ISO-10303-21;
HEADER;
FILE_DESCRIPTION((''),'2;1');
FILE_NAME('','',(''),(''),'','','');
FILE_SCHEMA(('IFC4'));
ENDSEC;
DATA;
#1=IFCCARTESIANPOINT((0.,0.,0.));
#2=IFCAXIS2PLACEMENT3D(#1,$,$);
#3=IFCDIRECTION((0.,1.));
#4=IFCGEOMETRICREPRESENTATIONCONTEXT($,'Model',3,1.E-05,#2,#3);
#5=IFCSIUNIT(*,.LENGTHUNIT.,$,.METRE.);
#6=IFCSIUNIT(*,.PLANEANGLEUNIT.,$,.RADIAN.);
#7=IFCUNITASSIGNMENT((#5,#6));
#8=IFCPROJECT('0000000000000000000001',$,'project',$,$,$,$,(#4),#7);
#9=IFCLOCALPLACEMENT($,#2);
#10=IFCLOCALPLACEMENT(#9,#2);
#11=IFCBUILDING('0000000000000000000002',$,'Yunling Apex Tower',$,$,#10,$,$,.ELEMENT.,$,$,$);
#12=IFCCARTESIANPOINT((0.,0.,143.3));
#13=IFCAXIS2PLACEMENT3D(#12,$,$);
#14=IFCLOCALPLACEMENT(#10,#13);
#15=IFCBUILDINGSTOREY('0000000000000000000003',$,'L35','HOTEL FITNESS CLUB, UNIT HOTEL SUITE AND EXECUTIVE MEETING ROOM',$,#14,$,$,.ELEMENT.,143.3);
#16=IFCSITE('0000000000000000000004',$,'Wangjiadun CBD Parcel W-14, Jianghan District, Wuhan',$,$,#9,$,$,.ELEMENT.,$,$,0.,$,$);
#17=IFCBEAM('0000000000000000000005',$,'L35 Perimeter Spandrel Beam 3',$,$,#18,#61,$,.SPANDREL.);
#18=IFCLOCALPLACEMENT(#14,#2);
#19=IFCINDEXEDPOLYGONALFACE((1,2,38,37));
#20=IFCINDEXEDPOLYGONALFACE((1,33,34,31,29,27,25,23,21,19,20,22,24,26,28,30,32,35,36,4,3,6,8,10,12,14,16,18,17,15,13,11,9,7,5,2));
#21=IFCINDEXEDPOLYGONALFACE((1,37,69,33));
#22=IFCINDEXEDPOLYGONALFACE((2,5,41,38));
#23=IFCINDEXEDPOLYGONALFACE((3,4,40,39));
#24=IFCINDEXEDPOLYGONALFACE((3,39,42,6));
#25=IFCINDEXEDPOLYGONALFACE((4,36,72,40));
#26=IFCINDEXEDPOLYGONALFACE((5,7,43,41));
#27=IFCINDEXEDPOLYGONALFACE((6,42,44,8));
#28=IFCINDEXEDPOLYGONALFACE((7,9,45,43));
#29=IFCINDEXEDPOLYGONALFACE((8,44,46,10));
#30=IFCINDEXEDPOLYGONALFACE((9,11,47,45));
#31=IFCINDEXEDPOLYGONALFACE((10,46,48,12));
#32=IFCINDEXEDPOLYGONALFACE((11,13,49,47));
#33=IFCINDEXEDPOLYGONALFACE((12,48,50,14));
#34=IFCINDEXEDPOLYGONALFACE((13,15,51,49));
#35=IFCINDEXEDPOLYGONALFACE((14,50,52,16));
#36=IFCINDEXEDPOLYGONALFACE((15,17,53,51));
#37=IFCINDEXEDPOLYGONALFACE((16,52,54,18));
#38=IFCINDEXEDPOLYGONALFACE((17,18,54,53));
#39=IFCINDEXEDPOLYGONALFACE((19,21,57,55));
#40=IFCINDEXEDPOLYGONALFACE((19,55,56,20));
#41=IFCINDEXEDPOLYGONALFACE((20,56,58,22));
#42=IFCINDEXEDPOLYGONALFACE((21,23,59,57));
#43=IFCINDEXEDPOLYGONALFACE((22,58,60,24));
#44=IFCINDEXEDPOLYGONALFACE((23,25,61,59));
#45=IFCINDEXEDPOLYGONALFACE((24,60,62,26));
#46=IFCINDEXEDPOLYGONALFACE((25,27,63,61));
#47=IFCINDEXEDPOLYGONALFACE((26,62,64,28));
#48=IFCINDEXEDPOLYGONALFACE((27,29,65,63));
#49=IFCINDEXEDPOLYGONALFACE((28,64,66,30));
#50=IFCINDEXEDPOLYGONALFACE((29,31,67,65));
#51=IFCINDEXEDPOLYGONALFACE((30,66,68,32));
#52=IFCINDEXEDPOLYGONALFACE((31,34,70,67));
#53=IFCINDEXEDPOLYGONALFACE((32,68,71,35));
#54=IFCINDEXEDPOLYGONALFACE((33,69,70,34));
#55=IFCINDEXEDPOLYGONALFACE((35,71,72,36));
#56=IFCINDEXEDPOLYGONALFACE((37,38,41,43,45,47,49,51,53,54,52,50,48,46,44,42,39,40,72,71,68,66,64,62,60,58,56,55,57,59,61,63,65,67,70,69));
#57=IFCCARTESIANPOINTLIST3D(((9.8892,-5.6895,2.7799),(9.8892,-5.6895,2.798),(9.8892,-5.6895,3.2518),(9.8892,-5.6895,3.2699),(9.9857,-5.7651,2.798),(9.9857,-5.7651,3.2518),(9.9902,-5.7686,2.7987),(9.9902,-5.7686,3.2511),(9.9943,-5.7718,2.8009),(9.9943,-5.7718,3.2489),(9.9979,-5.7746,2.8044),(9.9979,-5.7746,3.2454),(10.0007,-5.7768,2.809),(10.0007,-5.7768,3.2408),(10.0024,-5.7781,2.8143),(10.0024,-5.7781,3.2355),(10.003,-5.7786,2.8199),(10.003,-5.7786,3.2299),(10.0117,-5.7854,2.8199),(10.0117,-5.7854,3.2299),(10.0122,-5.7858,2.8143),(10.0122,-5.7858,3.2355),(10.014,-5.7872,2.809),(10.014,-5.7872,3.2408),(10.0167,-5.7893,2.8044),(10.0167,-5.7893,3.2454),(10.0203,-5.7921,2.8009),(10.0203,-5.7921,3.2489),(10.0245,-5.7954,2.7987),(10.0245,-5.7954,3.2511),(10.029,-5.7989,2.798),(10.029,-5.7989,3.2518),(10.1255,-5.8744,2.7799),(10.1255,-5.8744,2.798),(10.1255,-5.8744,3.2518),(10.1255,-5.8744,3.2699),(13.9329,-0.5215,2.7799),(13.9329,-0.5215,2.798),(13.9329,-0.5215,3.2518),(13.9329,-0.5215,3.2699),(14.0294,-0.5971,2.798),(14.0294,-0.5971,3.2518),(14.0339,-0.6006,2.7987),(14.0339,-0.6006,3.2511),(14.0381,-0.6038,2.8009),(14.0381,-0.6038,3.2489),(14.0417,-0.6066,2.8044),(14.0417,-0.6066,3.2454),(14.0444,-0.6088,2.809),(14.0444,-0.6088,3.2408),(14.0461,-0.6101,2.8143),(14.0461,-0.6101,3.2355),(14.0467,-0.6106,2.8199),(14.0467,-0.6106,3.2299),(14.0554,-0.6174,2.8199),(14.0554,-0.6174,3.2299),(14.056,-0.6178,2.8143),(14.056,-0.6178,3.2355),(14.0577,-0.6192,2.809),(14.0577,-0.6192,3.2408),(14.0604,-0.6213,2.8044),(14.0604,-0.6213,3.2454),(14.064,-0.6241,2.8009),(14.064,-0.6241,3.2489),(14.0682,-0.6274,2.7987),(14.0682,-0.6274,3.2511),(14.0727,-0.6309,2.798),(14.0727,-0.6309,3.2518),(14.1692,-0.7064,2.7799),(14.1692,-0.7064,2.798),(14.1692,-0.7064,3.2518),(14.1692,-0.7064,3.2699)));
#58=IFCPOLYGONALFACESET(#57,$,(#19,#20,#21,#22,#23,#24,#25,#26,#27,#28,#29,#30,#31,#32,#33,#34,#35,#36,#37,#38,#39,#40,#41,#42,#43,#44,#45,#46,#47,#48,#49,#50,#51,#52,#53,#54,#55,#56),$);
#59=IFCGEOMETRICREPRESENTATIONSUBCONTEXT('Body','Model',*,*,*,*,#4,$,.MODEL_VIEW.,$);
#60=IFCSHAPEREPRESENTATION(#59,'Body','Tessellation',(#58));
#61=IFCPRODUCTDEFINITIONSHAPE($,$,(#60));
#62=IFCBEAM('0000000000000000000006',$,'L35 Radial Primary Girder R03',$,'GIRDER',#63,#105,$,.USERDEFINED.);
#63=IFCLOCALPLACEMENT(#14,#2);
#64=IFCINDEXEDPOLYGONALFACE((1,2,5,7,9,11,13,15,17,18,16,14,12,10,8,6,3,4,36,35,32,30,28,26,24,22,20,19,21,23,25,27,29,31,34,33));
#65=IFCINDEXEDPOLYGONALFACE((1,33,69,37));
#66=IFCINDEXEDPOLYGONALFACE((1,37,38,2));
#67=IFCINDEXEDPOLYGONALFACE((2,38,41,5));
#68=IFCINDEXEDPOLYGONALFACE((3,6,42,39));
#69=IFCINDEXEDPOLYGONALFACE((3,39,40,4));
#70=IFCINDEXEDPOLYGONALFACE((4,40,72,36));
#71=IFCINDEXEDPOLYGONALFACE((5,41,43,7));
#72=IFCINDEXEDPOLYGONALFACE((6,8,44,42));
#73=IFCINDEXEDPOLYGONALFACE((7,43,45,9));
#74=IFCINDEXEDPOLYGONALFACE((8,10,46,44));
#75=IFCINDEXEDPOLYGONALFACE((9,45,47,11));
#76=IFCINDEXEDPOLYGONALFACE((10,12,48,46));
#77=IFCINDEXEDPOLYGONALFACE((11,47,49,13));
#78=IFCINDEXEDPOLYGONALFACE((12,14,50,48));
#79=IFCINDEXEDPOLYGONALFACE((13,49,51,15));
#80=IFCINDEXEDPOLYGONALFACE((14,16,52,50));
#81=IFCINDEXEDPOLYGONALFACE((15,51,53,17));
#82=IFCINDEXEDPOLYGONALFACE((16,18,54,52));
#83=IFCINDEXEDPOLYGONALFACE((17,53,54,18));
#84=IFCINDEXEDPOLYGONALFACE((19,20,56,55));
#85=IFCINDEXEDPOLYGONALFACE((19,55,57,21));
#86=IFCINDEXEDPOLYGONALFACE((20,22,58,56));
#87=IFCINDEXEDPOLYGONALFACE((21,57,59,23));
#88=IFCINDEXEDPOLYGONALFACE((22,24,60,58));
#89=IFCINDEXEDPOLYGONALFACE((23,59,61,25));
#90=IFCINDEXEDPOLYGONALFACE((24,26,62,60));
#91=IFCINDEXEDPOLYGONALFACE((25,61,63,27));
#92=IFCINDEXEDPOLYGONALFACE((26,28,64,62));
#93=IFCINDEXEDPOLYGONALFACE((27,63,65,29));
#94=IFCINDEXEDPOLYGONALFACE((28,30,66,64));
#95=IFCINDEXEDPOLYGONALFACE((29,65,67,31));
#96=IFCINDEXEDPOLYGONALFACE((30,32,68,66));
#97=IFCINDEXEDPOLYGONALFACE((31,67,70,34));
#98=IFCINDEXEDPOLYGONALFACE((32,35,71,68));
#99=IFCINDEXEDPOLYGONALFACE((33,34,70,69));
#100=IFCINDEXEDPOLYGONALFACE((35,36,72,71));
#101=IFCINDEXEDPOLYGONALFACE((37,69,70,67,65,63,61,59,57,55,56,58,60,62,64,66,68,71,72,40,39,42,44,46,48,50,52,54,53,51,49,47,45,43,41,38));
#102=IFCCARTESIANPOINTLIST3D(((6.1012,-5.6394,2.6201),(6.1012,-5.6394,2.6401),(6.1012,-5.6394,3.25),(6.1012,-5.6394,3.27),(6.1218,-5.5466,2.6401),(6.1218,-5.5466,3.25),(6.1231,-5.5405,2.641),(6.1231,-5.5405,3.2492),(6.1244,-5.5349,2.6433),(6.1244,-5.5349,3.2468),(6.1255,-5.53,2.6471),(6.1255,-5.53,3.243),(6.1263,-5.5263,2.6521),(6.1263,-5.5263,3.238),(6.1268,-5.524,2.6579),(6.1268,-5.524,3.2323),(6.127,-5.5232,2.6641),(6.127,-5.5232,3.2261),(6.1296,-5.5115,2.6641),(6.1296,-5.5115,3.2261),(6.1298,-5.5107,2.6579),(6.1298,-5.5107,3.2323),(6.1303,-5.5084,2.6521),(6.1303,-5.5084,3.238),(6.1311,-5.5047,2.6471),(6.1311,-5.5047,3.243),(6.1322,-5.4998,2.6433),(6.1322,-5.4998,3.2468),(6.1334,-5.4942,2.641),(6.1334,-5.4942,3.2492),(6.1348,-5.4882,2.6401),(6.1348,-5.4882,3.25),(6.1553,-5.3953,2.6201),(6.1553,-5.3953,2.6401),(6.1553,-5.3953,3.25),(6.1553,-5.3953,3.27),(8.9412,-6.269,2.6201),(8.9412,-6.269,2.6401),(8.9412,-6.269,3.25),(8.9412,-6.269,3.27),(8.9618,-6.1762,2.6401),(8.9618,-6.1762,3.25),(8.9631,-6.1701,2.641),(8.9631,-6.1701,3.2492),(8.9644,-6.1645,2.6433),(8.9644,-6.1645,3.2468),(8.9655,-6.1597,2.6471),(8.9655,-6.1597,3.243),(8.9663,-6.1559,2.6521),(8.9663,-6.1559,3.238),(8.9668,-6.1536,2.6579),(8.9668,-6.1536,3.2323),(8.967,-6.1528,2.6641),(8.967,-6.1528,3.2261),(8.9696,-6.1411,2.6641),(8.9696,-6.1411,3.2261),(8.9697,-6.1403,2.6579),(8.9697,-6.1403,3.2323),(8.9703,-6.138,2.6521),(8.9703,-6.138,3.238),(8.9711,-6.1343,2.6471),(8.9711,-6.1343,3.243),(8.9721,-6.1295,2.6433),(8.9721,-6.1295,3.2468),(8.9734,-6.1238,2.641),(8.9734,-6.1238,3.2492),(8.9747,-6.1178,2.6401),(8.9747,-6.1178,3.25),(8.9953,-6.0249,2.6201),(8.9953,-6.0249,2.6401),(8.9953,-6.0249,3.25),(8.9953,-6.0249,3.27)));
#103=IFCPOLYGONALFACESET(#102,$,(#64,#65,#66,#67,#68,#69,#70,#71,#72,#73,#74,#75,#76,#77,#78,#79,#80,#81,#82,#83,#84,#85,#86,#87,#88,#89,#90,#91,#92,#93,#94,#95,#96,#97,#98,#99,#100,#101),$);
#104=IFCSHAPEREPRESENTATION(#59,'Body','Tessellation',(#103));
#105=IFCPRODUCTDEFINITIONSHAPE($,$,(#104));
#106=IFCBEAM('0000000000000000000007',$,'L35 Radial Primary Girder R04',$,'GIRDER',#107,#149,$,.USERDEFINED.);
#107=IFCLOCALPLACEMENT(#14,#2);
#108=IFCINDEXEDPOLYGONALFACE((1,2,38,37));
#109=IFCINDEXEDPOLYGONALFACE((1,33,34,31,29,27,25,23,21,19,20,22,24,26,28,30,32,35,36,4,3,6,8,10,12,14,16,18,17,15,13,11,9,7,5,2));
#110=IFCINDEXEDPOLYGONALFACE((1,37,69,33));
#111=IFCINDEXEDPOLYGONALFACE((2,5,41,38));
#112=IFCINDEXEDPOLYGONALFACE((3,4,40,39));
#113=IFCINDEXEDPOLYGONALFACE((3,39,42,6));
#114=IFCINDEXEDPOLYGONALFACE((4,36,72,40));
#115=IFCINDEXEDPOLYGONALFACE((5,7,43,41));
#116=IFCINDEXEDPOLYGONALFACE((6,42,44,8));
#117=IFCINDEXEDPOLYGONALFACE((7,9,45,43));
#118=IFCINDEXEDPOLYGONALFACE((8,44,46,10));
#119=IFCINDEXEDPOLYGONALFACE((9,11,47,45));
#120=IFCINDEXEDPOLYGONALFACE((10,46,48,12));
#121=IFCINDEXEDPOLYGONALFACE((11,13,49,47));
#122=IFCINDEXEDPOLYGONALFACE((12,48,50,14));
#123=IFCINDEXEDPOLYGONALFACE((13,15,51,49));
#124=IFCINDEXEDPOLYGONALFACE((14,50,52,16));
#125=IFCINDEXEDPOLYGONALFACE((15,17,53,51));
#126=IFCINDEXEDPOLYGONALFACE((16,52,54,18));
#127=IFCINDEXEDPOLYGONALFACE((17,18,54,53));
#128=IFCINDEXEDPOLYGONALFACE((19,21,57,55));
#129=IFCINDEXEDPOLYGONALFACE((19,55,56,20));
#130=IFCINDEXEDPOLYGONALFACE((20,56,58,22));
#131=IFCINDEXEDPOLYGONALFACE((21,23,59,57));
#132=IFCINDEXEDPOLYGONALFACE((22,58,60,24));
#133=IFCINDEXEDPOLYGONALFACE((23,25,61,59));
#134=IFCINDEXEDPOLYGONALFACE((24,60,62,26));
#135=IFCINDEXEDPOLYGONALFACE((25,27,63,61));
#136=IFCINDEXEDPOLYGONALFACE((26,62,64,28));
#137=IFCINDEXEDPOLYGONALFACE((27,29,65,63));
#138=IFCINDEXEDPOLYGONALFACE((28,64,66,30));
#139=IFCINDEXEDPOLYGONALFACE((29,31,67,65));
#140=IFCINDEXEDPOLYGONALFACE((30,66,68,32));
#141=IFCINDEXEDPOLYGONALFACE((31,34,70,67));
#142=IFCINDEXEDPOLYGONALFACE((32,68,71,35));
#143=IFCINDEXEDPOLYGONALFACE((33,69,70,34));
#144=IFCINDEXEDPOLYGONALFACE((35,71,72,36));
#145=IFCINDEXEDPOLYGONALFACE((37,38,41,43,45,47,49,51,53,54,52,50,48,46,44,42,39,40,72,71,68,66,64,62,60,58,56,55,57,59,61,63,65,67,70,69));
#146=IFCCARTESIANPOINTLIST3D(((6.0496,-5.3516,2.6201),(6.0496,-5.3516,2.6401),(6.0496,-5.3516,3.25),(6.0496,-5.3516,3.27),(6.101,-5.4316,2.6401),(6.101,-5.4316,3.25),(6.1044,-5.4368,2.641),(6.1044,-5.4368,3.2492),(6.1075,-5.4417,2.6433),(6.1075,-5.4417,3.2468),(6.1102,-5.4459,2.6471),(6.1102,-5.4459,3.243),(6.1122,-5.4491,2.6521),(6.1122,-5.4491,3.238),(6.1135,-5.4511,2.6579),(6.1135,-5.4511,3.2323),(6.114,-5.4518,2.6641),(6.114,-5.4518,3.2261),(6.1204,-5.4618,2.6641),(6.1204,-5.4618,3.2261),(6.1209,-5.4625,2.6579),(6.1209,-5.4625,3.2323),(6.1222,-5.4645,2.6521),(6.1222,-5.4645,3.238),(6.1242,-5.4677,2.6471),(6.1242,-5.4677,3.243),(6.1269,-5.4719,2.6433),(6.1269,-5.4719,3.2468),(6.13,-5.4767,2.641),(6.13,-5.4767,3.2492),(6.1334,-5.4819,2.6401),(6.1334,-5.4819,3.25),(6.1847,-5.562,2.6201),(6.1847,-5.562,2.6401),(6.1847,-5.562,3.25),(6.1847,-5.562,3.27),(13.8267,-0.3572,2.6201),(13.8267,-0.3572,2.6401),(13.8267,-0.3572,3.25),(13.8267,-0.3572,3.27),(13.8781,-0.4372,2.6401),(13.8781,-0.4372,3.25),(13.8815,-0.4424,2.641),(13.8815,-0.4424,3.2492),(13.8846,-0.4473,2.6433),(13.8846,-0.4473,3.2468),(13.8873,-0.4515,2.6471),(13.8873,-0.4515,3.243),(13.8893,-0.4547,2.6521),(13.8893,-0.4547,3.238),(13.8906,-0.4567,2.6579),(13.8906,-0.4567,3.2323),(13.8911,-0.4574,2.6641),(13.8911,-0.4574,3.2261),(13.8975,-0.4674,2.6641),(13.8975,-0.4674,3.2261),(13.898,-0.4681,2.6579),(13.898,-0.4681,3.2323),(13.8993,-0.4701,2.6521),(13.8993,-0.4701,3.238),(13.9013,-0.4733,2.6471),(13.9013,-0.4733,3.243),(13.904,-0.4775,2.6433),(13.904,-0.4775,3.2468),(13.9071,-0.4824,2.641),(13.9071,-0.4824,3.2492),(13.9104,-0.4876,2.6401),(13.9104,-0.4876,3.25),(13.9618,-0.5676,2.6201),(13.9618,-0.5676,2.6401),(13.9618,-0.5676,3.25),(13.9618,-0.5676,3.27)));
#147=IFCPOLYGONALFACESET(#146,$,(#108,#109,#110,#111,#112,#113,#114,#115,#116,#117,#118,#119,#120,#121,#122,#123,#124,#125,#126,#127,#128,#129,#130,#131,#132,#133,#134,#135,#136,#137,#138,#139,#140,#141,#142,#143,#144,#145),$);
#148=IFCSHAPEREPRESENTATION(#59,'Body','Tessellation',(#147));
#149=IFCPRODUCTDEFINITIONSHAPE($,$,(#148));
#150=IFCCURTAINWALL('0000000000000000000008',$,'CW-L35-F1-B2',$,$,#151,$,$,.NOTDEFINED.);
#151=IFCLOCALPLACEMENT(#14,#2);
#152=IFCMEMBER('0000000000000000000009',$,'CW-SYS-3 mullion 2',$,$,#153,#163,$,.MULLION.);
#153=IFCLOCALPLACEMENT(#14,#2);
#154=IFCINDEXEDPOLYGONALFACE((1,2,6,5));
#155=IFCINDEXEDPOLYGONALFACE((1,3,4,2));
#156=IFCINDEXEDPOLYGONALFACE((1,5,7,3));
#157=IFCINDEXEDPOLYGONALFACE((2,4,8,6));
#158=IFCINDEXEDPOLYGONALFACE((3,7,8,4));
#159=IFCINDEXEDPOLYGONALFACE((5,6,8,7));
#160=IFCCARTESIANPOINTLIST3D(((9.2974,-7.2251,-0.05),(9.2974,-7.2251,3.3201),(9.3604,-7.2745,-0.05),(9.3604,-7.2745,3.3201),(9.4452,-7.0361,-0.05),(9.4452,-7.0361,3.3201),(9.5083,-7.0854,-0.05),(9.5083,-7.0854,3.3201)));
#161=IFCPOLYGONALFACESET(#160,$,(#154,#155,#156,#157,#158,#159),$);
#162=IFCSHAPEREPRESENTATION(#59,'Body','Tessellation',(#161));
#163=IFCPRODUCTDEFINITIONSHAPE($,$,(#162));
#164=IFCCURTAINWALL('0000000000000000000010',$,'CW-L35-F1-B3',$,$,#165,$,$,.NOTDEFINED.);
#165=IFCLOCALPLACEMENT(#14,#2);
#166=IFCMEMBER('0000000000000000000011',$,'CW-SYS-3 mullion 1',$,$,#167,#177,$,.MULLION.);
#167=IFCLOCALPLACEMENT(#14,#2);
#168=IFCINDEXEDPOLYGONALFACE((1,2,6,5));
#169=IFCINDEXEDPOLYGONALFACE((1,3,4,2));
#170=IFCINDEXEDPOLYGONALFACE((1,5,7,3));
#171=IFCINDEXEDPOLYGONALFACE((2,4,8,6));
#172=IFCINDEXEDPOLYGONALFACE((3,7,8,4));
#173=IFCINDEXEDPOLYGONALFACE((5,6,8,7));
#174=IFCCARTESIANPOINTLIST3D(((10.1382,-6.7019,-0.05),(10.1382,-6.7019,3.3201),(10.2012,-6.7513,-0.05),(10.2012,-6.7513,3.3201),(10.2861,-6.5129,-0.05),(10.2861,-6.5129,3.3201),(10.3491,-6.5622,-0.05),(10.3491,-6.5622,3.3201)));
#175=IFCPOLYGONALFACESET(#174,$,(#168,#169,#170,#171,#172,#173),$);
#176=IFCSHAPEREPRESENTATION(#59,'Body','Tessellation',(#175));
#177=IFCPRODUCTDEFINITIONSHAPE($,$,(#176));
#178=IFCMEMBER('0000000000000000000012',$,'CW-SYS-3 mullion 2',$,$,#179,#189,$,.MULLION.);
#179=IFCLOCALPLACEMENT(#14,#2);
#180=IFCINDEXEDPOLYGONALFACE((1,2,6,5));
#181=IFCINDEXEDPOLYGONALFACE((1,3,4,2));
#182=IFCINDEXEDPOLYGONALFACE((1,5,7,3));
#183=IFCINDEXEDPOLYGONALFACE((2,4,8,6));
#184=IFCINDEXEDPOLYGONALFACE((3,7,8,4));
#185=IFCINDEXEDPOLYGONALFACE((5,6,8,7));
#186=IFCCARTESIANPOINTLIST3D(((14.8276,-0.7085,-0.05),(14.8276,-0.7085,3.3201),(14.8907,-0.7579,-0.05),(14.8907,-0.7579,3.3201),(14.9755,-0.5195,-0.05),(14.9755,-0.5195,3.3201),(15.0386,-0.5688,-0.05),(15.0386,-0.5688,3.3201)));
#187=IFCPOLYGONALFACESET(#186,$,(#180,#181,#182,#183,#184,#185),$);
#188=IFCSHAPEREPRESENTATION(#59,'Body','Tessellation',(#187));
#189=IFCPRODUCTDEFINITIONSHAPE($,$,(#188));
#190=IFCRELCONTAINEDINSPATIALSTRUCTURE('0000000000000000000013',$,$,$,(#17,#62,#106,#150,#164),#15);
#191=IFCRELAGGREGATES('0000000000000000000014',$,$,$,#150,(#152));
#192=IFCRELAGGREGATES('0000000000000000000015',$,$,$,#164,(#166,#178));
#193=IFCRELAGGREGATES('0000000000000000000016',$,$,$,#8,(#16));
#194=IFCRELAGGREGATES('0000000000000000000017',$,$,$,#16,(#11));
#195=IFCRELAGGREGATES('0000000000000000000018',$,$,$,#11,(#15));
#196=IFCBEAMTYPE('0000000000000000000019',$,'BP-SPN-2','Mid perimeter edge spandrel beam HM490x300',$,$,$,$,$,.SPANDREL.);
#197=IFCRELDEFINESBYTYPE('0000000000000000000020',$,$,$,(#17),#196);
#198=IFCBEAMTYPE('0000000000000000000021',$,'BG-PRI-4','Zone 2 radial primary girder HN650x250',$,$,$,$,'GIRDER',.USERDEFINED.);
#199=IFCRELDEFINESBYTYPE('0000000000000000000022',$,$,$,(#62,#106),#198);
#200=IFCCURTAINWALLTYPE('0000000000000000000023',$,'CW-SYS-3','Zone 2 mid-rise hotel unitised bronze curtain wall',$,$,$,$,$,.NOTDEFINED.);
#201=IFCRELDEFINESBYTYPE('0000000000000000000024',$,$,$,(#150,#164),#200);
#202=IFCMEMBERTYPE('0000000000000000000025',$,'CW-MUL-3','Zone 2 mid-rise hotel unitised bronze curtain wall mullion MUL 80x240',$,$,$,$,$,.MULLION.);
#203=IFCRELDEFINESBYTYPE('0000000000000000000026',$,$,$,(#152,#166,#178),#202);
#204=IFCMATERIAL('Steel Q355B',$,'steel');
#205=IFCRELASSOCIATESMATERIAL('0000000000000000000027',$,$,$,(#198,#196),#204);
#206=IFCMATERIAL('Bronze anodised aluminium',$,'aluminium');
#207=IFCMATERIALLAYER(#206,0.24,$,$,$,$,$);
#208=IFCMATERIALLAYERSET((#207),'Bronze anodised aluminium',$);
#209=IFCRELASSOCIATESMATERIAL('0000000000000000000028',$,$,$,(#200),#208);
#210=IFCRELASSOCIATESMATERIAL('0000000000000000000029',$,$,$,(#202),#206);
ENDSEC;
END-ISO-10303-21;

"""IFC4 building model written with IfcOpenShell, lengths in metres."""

from ifc_helpers import new_model, si_unit, direction, frame, origin, origin_2d, place, context, subcontext, project, spatial, rectangle, i_section, extrude, source, transform, mapped, material, layer, layer_set, material_profile, profile_set, type_object, element, aggregate, save


model = new_model("IFC4")

# Units and contexts
model_context = context("Model", 3, precision=1e-05, world=origin(), true_north=direction((0.0, 1.0)))
body_context = subcontext(model_context, "Body", "Model", "MODEL_VIEW")
ifc_project = project(units=[si_unit("LENGTHUNIT", "METRE"), si_unit("PLANEANGLEUNIT", "RADIAN")], contexts=[model_context])

# Site, building, storey
site_placement = place(None, origin())
site = spatial("IfcSite", under=ifc_project, at=site_placement, Name="Wangjiadun CBD Parcel W-14, Jianghan District, Wuhan", CompositionType="ELEMENT", RefElevation=0.0)
building_placement = place(site_placement, origin())
building = spatial("IfcBuilding", under=site, at=building_placement, Name="Yunling Apex Tower", CompositionType="ELEMENT")
storey_placement = place(building_placement, frame((0.0, 0.0, 143.3)))
storey = spatial("IfcBuildingStorey", under=building, at=storey_placement, Name="L35", Description="HOTEL FITNESS CLUB, UNIT HOTEL SUITE AND EXECUTIVE MEETING ROOM", CompositionType="ELEMENT", Elevation=143.3)

# Beams
ifc_material_1 = material(Name="Steel Q355B", Category="steel")
ifc_material_profile_1 = material_profile(ifc_material_1, i_section(OverallWidth=0.25, OverallDepth=0.6499, WebThickness=0.012, FlangeThickness=0.02, FilletRadius=0.0239, at=origin_2d()))
ifc_profile_set_1 = profile_set([ifc_material_profile_1], Name="Steel Q355B")
beam_type_1 = type_object("IfcBeamType", Name="BG-PRI-4", Description="Zone 2 radial primary girder HN650x250", ElementType="GIRDER", PredefinedType="USERDEFINED", material=ifc_profile_set_1)
ifc_material_profile_2 = material_profile(ifc_material_1, i_section(OverallWidth=0.3, OverallDepth=0.49, WebThickness=0.011, FlangeThickness=0.0181, FilletRadius=0.022, at=origin_2d()))
ifc_profile_set_2 = profile_set([ifc_material_profile_2], Name="Steel Q355B")
beam_type_2 = type_object("IfcBeamType", Name="BP-SPN-2", Description="Mid perimeter edge spandrel beam HM490x300", PredefinedType="SPANDREL", material=ifc_profile_set_2)
shared_shape_1 = source(origin(), body_context, "Body", "SweptSolid", [
    extrude(i_section(OverallWidth=0.3, OverallDepth=0.49, WebThickness=0.011, FlangeThickness=0.0181, FilletRadius=0.022, at=origin_2d()), origin(), (0.0, 0.0, 1.0), 6.562),
])
beam_1_placement = place(storey_placement, frame((10.0073, -5.782, 3.0249), z_axis=(0.616233, 0.787564, 0.0), x_axis=(-0.787564, 0.616233, 0.0)))
element("IfcBeam", 1, at=beam_1_placement, inside=storey, type_object=beam_type_2, Name="L35 Perimeter Spandrel Beam 3", PredefinedType="SPANDREL", context=body_context, shape_type="MappedRepresentation", body=[
    mapped(shared_shape_1, transform((0.0, 0.0, 0.0), scale=1.0)),
])
shared_shape_2 = source(origin(), body_context, "Body", "SweptSolid", [
    extrude(i_section(OverallWidth=0.25, OverallDepth=0.6499, WebThickness=0.012, FlangeThickness=0.02, FilletRadius=0.0239, at=origin_2d()), origin(), (0.0, 0.0, 1.0), 2.9089),
])
beam_2_placement = place(storey_placement, frame((8.9683, -6.147, 2.9451), z_axis=(-0.976296, 0.216442, 0.0), x_axis=(-0.216442, -0.976296, 0.0)))
element("IfcBeam", 2, at=beam_2_placement, inside=storey, type_object=beam_type_1, Name="L35 Radial Primary Girder R03", ObjectType="GIRDER", PredefinedType="USERDEFINED", context=body_context, shape_type="MappedRepresentation", body=[
    mapped(shared_shape_2, transform((0.0, 0.0, 0.0), scale=1.0)),
])
shared_shape_3 = source(origin(), body_context, "Body", "SweptSolid", [
    extrude(i_section(OverallWidth=0.25, OverallDepth=0.6499, WebThickness=0.012, FlangeThickness=0.02, FilletRadius=0.0239, at=origin_2d()), origin(), (0.0, 0.0, 1.0), 9.2427),
])
beam_3_placement = place(storey_placement, frame((13.8943, -0.4624, 2.9451), z_axis=(-0.841433, -0.540361, 0.0), x_axis=(0.540361, -0.841433, 0.0)))
element("IfcBeam", 3, at=beam_3_placement, inside=storey, type_object=beam_type_1, Name="L35 Radial Primary Girder R04", ObjectType="GIRDER", PredefinedType="USERDEFINED", context=body_context, shape_type="MappedRepresentation", body=[
    mapped(shared_shape_3, transform((0.0, 0.0, 0.0), scale=1.0)),
])

# Curtain wall, member
ifc_material_2 = material(Name="Bronze anodised aluminium", Category="aluminium")
ifc_layer_1 = layer(ifc_material_2, 0.24)
ifc_layer_set_1 = layer_set([ifc_layer_1], Name="Bronze anodised aluminium")
curtain_wall_type = type_object("IfcCurtainWallType", Name="CW-SYS-3", Description="Zone 2 mid-rise hotel unitised bronze curtain wall", PredefinedType="NOTDEFINED", material=ifc_layer_set_1)
curtain_wall_1_placement = place(storey_placement, origin())
curtain_wall_1 = element("IfcCurtainWall", 4, at=curtain_wall_1_placement, inside=storey, type_object=curtain_wall_type, Name="CW-L35-F1-B2", PredefinedType="NOTDEFINED")
ifc_material_profile_3 = material_profile(ifc_material_2, rectangle(XDim=0.0801, YDim=0.24, at=origin_2d()))
ifc_profile_set_3 = profile_set([ifc_material_profile_3], Name="Bronze anodised aluminium")
member_type_1 = type_object("IfcMemberType", Name="CW-MUL-3", Description="Zone 2 mid-rise hotel unitised bronze curtain wall mullion MUL 80x240", PredefinedType="MULLION", material=ifc_profile_set_3)
shared_shape_4 = source(origin(), body_context, "Body", "SweptSolid", [
    extrude(rectangle(XDim=0.0801, YDim=0.24, at=origin_2d()), origin(), (0.0, 0.0, 1.0), 3.3701),
])
member_1_placement = place(storey_placement, frame((9.4028, -7.1553, -0.05), z_axis=(0.0, 0.0, 1.0), x_axis=(-0.78759, 0.616199, 0.0)))
member_1 = element("IfcMember", 5, at=member_1_placement, type_object=member_type_1, Name="CW-SYS-3 mullion 2", PredefinedType="MULLION", context=body_context, shape_type="MappedRepresentation", body=[
    mapped(shared_shape_4, transform((0.0, 0.0, 0.0), scale=1.0)),
])

# Curtain wall, members
curtain_wall_2_placement = place(storey_placement, origin())
curtain_wall_2 = element("IfcCurtainWall", 6, at=curtain_wall_2_placement, inside=storey, type_object=curtain_wall_type, Name="CW-L35-F1-B3", PredefinedType="NOTDEFINED")
member_2_placement = place(storey_placement, frame((10.2437, -6.6321, -0.05), z_axis=(0.0, 0.0, 1.0), x_axis=(-0.787584, 0.616208, 0.0)))
member_2 = element("IfcMember", 7, at=member_2_placement, type_object=member_type_1, Name="CW-SYS-3 mullion 1", PredefinedType="MULLION", context=body_context, shape_type="MappedRepresentation", body=[
    mapped(shared_shape_4, transform((0.0, 0.0, 0.0), scale=1.0)),
])
member_3_placement = place(storey_placement, frame((14.9331, -0.6387, -0.05), z_axis=(0.0, 0.0, 1.0), x_axis=(-0.787584, 0.616208, 0.0)))
member_3 = element("IfcMember", 8, at=member_3_placement, type_object=member_type_1, Name="CW-SYS-3 mullion 2", PredefinedType="MULLION", context=body_context, shape_type="MappedRepresentation", body=[
    mapped(shared_shape_4, transform((0.0, 0.0, 0.0), scale=1.0)),
])

aggregate(curtain_wall_1, [member_1])
aggregate(curtain_wall_2, [member_2, member_3])

save(model, "model.ifc")
